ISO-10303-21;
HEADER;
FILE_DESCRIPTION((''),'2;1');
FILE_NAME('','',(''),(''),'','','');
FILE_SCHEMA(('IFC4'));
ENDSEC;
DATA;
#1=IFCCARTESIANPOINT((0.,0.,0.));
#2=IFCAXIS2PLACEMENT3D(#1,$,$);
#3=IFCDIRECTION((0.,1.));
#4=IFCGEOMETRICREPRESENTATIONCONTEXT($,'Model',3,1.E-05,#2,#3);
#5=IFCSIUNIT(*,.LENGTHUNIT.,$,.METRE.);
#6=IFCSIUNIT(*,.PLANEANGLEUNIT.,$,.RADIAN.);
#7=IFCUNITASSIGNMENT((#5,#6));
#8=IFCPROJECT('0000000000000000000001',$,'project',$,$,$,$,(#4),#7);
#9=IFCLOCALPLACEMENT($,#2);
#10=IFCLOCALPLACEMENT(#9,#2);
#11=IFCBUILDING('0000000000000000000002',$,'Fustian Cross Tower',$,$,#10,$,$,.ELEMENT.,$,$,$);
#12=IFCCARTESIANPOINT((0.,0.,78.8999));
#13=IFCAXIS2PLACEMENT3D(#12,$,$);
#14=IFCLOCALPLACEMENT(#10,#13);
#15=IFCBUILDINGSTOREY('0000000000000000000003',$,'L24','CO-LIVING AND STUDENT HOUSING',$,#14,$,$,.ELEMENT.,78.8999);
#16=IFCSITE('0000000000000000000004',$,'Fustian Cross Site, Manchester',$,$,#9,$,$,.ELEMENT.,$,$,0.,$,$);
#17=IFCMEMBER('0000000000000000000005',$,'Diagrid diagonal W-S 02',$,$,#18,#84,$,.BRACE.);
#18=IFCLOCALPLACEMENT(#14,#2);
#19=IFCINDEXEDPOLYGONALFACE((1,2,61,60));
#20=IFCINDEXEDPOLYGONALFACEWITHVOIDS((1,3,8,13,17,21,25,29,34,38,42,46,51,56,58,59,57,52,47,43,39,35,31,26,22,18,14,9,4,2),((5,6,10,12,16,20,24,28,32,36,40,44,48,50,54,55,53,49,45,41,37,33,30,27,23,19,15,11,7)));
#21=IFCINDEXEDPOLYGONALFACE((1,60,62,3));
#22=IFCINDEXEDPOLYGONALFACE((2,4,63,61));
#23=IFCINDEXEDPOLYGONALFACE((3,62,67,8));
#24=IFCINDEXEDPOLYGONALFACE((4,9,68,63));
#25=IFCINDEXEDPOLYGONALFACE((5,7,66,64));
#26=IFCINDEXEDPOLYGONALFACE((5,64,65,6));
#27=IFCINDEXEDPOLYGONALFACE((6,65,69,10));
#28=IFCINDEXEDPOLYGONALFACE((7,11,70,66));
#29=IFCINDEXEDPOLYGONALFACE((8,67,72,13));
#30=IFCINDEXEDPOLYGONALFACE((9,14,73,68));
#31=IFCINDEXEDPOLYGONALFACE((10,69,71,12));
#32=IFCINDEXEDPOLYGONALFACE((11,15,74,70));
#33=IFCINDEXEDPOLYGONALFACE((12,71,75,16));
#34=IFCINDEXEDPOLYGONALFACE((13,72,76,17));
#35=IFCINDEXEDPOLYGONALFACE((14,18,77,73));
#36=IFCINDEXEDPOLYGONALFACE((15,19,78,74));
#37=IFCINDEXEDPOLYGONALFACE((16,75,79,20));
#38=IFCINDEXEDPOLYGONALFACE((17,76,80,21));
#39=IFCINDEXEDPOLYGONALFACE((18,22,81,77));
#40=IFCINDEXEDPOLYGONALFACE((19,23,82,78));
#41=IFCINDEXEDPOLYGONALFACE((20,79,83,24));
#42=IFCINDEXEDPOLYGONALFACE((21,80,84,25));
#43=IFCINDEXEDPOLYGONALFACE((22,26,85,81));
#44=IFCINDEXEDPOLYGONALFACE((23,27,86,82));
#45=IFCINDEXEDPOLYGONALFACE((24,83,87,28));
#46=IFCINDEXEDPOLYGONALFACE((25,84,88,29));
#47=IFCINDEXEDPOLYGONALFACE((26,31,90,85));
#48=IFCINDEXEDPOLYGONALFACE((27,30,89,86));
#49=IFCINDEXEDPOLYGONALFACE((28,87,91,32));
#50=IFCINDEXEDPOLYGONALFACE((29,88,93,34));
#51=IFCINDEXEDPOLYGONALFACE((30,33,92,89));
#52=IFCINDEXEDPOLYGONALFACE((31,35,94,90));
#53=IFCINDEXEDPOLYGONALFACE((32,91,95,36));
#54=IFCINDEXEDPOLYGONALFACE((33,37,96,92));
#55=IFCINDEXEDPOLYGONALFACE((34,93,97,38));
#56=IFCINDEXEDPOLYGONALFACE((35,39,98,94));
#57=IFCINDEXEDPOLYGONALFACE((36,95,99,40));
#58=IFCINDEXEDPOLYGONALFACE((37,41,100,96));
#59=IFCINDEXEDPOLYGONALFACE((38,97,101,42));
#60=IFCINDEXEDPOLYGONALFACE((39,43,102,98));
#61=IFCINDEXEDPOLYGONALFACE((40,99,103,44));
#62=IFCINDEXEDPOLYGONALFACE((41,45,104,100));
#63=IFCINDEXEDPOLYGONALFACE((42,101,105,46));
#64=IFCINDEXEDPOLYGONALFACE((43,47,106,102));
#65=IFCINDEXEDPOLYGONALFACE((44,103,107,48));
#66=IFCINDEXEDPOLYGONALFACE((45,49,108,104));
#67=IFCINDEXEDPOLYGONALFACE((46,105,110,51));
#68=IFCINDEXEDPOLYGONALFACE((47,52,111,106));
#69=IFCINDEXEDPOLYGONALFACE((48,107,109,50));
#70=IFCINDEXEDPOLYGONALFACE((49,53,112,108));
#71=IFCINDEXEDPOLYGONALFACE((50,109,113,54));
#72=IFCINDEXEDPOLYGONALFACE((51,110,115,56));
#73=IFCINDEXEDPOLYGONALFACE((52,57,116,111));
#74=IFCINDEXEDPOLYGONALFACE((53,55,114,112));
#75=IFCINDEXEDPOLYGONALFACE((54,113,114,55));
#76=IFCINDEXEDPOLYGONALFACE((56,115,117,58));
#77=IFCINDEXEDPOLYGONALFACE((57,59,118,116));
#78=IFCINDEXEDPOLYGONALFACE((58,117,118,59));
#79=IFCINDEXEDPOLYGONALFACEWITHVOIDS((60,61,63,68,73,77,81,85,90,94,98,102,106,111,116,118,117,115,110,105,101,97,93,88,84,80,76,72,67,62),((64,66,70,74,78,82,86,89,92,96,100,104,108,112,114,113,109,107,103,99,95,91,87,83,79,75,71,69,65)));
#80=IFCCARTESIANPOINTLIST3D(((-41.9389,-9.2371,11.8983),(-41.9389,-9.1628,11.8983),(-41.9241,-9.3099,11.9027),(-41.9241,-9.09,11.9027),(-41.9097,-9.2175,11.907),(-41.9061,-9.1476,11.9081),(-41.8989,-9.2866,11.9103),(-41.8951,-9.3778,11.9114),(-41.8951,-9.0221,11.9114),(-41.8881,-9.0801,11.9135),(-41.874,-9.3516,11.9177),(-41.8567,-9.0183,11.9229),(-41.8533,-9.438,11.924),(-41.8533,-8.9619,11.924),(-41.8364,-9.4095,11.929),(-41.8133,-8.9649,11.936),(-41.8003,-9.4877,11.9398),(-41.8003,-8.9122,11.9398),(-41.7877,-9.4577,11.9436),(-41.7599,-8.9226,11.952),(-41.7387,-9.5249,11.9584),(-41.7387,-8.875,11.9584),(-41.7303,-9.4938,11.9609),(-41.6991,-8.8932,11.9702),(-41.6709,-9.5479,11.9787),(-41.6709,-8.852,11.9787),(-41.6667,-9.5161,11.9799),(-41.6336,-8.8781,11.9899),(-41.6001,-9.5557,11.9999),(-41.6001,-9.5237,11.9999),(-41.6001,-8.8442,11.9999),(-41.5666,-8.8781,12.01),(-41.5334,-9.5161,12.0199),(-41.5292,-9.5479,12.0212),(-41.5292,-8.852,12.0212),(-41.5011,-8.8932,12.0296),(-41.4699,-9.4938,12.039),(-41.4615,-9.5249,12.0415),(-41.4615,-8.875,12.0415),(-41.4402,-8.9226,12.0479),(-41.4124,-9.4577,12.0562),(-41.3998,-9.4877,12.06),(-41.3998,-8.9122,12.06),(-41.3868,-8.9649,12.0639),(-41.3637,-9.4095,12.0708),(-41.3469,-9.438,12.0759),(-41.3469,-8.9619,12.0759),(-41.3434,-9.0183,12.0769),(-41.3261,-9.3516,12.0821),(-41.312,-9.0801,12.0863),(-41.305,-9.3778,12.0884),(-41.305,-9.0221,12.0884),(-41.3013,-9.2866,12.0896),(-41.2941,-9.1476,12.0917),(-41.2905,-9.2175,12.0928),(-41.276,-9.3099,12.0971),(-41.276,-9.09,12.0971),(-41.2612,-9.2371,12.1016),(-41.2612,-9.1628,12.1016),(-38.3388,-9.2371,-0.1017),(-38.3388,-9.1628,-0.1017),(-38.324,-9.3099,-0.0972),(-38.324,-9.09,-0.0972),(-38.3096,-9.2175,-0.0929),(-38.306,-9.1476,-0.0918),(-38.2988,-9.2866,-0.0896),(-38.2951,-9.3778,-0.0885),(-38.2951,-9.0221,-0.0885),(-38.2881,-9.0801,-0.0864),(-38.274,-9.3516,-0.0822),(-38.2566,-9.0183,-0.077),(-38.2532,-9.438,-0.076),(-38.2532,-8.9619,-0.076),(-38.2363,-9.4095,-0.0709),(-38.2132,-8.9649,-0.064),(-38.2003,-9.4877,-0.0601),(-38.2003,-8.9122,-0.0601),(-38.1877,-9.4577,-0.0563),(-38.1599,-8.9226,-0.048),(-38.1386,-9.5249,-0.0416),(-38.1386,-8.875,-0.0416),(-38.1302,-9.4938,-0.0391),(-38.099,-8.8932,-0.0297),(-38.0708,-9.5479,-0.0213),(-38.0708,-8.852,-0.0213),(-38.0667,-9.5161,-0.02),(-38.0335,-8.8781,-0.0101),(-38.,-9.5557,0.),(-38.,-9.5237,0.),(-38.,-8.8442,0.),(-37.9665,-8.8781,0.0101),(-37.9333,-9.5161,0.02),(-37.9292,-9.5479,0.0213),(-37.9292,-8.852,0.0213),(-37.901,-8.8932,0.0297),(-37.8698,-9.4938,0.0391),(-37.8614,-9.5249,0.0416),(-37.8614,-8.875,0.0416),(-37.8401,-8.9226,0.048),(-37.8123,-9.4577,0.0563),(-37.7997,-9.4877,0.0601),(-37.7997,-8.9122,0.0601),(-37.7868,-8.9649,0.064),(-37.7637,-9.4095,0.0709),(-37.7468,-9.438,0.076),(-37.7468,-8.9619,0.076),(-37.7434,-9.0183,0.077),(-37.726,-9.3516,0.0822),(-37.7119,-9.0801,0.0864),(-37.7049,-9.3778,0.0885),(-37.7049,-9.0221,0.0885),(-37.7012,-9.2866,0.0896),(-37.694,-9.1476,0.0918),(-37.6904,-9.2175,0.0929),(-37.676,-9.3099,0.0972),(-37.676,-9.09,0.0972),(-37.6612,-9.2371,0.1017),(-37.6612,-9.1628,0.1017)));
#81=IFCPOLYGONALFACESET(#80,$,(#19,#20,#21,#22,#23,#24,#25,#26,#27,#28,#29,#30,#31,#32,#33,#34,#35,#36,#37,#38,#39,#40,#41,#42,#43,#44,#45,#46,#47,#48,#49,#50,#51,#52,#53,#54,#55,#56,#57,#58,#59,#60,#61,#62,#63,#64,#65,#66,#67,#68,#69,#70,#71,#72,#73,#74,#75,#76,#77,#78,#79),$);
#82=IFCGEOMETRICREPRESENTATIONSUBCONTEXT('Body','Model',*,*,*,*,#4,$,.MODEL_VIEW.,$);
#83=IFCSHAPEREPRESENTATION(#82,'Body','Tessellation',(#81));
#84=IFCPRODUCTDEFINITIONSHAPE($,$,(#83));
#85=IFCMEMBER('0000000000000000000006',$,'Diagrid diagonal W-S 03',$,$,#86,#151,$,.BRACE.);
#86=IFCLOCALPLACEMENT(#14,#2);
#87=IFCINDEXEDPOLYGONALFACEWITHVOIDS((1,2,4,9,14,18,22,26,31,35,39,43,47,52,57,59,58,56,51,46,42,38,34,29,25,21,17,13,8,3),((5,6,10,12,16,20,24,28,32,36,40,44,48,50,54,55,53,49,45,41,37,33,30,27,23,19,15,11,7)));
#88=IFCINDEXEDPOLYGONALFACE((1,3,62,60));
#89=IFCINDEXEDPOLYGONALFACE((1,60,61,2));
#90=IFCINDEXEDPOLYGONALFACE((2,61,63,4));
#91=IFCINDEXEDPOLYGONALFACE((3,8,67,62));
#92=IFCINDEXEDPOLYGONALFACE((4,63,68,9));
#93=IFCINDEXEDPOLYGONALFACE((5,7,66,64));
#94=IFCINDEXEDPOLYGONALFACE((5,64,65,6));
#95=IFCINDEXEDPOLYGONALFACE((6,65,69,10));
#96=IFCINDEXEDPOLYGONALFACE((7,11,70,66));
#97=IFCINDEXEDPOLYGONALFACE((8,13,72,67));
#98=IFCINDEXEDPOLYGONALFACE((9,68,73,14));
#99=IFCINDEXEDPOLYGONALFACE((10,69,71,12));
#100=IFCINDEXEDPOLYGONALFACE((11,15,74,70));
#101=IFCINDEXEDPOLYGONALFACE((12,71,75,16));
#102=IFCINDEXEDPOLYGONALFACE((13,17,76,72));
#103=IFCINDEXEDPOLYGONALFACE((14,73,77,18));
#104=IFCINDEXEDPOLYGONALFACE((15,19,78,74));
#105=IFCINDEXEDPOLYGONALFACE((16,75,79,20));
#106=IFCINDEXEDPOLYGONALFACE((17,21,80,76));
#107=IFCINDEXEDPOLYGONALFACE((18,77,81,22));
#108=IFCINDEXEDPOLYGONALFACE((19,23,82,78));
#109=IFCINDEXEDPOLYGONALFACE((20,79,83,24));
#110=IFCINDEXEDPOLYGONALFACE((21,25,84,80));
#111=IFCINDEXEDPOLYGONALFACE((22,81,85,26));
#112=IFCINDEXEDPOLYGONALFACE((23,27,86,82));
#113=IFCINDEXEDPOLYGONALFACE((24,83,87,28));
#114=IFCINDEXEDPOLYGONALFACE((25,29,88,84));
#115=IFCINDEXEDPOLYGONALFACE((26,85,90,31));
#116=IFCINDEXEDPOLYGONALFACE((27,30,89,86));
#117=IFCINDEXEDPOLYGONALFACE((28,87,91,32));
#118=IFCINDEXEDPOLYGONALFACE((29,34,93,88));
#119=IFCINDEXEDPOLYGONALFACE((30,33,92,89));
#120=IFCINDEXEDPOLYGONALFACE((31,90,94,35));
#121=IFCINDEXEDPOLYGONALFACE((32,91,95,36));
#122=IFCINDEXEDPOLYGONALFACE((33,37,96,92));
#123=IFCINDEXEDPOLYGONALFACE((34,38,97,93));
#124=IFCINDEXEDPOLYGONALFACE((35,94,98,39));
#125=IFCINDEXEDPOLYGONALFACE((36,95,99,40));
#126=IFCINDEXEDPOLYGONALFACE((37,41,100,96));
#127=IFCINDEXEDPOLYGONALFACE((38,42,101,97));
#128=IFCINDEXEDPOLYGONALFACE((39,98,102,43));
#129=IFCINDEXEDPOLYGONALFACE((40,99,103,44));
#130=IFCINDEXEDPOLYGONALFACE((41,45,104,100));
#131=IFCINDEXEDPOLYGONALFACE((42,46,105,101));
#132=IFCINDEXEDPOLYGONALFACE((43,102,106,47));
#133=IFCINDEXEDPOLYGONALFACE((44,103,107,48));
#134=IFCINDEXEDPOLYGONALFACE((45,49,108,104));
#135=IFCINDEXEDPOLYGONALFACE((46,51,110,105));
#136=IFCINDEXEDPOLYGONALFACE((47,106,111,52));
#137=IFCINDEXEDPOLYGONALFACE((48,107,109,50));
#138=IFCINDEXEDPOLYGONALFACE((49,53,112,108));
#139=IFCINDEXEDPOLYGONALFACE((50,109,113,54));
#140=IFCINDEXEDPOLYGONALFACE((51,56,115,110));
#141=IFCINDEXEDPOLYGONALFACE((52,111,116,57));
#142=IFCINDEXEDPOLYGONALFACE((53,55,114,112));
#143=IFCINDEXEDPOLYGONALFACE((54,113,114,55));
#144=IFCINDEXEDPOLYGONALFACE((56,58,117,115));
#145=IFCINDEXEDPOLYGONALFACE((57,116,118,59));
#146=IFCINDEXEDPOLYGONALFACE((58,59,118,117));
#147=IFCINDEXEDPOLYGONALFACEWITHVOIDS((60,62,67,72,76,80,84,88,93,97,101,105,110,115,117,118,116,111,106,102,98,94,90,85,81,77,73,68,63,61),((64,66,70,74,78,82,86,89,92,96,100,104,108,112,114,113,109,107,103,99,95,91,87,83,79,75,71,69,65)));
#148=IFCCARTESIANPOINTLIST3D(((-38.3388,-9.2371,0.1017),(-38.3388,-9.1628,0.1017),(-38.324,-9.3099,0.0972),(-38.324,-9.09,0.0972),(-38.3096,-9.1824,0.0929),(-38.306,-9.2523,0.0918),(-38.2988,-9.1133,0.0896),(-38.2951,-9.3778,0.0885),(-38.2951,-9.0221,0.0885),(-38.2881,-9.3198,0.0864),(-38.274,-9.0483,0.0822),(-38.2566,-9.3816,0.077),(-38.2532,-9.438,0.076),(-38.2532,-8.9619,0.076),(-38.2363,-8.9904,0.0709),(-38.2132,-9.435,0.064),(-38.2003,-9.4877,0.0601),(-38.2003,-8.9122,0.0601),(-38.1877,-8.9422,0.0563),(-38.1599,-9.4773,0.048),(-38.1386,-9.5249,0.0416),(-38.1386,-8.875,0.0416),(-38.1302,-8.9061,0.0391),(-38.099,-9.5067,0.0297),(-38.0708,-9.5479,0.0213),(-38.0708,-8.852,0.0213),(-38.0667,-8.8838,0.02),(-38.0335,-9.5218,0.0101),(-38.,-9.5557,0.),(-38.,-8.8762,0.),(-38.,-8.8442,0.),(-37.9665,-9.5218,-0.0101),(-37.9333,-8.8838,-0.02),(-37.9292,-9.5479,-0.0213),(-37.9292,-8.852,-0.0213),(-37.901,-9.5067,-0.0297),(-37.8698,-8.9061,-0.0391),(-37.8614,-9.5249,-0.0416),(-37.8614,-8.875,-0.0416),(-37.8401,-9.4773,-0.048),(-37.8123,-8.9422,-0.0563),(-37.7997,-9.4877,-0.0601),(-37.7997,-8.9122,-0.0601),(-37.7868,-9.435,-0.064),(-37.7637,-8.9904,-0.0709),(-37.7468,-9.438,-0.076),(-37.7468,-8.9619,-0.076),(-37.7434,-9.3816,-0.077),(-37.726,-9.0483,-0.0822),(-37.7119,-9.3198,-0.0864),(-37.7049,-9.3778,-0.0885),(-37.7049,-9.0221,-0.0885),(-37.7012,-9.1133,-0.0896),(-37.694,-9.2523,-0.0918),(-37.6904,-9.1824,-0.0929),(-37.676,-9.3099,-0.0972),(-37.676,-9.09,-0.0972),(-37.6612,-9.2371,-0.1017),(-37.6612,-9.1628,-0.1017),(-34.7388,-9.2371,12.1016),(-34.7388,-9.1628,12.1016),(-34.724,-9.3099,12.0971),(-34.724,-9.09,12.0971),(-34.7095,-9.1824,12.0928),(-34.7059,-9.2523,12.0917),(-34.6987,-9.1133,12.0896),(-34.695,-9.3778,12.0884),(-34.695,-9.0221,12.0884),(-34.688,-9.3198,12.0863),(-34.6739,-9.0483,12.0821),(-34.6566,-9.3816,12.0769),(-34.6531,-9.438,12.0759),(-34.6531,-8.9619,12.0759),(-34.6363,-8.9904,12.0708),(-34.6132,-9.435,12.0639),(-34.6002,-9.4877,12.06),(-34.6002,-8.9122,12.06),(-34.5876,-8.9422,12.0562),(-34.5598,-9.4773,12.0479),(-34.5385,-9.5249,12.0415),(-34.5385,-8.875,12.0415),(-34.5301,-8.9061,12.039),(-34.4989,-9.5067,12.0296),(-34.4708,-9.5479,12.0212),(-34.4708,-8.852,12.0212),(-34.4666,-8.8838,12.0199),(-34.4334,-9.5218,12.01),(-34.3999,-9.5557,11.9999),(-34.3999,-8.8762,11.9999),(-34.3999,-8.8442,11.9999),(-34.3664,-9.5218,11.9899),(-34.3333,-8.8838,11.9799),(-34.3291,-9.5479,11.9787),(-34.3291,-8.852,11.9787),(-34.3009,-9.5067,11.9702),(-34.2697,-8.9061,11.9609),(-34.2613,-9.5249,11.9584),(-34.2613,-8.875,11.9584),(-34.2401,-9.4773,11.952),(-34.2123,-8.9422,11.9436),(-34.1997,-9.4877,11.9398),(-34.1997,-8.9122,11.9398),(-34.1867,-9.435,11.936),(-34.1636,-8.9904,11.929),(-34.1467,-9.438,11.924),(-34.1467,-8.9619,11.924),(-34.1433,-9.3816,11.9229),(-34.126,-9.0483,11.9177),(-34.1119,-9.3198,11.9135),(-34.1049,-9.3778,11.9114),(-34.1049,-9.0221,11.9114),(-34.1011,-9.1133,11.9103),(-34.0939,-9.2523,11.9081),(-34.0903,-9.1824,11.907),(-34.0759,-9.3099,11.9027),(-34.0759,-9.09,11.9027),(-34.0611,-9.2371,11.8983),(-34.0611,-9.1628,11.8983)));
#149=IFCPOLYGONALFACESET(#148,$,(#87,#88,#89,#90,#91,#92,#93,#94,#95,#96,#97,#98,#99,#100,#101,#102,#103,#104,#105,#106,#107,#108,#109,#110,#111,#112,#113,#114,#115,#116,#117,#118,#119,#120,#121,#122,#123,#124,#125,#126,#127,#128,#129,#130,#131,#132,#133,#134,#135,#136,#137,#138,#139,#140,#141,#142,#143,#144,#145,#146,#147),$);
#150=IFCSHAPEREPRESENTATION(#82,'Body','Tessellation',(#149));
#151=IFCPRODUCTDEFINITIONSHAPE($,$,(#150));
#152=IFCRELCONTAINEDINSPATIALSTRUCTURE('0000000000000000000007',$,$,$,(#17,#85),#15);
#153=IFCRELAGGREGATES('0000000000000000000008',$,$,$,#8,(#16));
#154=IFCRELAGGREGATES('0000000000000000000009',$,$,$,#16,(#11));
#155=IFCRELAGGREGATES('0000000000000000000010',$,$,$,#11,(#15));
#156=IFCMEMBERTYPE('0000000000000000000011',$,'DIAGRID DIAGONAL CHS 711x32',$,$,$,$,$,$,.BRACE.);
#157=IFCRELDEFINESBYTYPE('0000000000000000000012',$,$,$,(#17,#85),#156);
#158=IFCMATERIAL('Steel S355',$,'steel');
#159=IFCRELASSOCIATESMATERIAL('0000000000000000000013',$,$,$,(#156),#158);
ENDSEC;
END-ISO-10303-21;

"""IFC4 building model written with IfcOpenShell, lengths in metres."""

from ifc_helpers import new_model, si_unit, direction, frame, origin, origin_2d, place, context, subcontext, project, spatial, hollow_circle, extrude, material, material_profile, profile_set, type_object, element, save


model = new_model("IFC4")

# Units and contexts
model_context = context("Model", 3, precision=1e-05, world=origin(), true_north=direction((0.0, 1.0)))
body_context = subcontext(model_context, "Body", "Model", "MODEL_VIEW")
ifc_project = project(units=[si_unit("LENGTHUNIT", "METRE"), si_unit("PLANEANGLEUNIT", "RADIAN")], contexts=[model_context])

# Site, building, storey
site_placement = place(None, origin())
site = spatial("IfcSite", under=ifc_project, at=site_placement, Name="Fustian Cross Site, Manchester", CompositionType="ELEMENT", RefElevation=0.0)
building_placement = place(site_placement, origin())
building = spatial("IfcBuilding", under=site, at=building_placement, Name="Fustian Cross Tower", CompositionType="ELEMENT")
storey_placement = place(building_placement, frame((0.0, 0.0, 78.8999)))
storey = spatial("IfcBuildingStorey", under=building, at=storey_placement, Name="L24", Description="CO-LIVING AND STUDENT HOUSING", CompositionType="ELEMENT", Elevation=78.8999)

# Members
ifc_material_1 = material(Name="Steel S355", Category="steel")
ifc_material_profile_1 = material_profile(ifc_material_1, hollow_circle(Radius=0.3557, WallThickness=0.032, at=origin_2d()), Name="CHS 711x32")
ifc_profile_set_1 = profile_set([ifc_material_profile_1], Name="Steel S355")
member_type_1 = type_object("IfcMemberType", Name="DIAGRID DIAGONAL CHS 711x32", PredefinedType="BRACE", material=ifc_profile_set_1)
for number, where, z_axis, x_axis, name in (
    (1, (-38.0, -9.2, 0.0), (-0.287355, 0.0, 0.957824), (0.0, -1.0, 0.0), "Diagrid diagonal W-S 02"),
    (2, (-38.0, -9.2, 0.0), (0.287355, 0.0, 0.957824), (0.0, 1.0, 0.0), "Diagrid diagonal W-S 03"),
):
    element("IfcMember", number, at=place(storey_placement, frame(where, z_axis=z_axis, x_axis=x_axis)), inside=storey, type_object=member_type_1, Name=name, PredefinedType="BRACE", context=body_context, shape_type="SweptSolid", body=[
        extrude(hollow_circle(Radius=0.3557, WallThickness=0.032, at=origin_2d()), origin(), (0.0, 0.0, 1.0), 12.5283),
    ])

save(model, "model.ifc")
